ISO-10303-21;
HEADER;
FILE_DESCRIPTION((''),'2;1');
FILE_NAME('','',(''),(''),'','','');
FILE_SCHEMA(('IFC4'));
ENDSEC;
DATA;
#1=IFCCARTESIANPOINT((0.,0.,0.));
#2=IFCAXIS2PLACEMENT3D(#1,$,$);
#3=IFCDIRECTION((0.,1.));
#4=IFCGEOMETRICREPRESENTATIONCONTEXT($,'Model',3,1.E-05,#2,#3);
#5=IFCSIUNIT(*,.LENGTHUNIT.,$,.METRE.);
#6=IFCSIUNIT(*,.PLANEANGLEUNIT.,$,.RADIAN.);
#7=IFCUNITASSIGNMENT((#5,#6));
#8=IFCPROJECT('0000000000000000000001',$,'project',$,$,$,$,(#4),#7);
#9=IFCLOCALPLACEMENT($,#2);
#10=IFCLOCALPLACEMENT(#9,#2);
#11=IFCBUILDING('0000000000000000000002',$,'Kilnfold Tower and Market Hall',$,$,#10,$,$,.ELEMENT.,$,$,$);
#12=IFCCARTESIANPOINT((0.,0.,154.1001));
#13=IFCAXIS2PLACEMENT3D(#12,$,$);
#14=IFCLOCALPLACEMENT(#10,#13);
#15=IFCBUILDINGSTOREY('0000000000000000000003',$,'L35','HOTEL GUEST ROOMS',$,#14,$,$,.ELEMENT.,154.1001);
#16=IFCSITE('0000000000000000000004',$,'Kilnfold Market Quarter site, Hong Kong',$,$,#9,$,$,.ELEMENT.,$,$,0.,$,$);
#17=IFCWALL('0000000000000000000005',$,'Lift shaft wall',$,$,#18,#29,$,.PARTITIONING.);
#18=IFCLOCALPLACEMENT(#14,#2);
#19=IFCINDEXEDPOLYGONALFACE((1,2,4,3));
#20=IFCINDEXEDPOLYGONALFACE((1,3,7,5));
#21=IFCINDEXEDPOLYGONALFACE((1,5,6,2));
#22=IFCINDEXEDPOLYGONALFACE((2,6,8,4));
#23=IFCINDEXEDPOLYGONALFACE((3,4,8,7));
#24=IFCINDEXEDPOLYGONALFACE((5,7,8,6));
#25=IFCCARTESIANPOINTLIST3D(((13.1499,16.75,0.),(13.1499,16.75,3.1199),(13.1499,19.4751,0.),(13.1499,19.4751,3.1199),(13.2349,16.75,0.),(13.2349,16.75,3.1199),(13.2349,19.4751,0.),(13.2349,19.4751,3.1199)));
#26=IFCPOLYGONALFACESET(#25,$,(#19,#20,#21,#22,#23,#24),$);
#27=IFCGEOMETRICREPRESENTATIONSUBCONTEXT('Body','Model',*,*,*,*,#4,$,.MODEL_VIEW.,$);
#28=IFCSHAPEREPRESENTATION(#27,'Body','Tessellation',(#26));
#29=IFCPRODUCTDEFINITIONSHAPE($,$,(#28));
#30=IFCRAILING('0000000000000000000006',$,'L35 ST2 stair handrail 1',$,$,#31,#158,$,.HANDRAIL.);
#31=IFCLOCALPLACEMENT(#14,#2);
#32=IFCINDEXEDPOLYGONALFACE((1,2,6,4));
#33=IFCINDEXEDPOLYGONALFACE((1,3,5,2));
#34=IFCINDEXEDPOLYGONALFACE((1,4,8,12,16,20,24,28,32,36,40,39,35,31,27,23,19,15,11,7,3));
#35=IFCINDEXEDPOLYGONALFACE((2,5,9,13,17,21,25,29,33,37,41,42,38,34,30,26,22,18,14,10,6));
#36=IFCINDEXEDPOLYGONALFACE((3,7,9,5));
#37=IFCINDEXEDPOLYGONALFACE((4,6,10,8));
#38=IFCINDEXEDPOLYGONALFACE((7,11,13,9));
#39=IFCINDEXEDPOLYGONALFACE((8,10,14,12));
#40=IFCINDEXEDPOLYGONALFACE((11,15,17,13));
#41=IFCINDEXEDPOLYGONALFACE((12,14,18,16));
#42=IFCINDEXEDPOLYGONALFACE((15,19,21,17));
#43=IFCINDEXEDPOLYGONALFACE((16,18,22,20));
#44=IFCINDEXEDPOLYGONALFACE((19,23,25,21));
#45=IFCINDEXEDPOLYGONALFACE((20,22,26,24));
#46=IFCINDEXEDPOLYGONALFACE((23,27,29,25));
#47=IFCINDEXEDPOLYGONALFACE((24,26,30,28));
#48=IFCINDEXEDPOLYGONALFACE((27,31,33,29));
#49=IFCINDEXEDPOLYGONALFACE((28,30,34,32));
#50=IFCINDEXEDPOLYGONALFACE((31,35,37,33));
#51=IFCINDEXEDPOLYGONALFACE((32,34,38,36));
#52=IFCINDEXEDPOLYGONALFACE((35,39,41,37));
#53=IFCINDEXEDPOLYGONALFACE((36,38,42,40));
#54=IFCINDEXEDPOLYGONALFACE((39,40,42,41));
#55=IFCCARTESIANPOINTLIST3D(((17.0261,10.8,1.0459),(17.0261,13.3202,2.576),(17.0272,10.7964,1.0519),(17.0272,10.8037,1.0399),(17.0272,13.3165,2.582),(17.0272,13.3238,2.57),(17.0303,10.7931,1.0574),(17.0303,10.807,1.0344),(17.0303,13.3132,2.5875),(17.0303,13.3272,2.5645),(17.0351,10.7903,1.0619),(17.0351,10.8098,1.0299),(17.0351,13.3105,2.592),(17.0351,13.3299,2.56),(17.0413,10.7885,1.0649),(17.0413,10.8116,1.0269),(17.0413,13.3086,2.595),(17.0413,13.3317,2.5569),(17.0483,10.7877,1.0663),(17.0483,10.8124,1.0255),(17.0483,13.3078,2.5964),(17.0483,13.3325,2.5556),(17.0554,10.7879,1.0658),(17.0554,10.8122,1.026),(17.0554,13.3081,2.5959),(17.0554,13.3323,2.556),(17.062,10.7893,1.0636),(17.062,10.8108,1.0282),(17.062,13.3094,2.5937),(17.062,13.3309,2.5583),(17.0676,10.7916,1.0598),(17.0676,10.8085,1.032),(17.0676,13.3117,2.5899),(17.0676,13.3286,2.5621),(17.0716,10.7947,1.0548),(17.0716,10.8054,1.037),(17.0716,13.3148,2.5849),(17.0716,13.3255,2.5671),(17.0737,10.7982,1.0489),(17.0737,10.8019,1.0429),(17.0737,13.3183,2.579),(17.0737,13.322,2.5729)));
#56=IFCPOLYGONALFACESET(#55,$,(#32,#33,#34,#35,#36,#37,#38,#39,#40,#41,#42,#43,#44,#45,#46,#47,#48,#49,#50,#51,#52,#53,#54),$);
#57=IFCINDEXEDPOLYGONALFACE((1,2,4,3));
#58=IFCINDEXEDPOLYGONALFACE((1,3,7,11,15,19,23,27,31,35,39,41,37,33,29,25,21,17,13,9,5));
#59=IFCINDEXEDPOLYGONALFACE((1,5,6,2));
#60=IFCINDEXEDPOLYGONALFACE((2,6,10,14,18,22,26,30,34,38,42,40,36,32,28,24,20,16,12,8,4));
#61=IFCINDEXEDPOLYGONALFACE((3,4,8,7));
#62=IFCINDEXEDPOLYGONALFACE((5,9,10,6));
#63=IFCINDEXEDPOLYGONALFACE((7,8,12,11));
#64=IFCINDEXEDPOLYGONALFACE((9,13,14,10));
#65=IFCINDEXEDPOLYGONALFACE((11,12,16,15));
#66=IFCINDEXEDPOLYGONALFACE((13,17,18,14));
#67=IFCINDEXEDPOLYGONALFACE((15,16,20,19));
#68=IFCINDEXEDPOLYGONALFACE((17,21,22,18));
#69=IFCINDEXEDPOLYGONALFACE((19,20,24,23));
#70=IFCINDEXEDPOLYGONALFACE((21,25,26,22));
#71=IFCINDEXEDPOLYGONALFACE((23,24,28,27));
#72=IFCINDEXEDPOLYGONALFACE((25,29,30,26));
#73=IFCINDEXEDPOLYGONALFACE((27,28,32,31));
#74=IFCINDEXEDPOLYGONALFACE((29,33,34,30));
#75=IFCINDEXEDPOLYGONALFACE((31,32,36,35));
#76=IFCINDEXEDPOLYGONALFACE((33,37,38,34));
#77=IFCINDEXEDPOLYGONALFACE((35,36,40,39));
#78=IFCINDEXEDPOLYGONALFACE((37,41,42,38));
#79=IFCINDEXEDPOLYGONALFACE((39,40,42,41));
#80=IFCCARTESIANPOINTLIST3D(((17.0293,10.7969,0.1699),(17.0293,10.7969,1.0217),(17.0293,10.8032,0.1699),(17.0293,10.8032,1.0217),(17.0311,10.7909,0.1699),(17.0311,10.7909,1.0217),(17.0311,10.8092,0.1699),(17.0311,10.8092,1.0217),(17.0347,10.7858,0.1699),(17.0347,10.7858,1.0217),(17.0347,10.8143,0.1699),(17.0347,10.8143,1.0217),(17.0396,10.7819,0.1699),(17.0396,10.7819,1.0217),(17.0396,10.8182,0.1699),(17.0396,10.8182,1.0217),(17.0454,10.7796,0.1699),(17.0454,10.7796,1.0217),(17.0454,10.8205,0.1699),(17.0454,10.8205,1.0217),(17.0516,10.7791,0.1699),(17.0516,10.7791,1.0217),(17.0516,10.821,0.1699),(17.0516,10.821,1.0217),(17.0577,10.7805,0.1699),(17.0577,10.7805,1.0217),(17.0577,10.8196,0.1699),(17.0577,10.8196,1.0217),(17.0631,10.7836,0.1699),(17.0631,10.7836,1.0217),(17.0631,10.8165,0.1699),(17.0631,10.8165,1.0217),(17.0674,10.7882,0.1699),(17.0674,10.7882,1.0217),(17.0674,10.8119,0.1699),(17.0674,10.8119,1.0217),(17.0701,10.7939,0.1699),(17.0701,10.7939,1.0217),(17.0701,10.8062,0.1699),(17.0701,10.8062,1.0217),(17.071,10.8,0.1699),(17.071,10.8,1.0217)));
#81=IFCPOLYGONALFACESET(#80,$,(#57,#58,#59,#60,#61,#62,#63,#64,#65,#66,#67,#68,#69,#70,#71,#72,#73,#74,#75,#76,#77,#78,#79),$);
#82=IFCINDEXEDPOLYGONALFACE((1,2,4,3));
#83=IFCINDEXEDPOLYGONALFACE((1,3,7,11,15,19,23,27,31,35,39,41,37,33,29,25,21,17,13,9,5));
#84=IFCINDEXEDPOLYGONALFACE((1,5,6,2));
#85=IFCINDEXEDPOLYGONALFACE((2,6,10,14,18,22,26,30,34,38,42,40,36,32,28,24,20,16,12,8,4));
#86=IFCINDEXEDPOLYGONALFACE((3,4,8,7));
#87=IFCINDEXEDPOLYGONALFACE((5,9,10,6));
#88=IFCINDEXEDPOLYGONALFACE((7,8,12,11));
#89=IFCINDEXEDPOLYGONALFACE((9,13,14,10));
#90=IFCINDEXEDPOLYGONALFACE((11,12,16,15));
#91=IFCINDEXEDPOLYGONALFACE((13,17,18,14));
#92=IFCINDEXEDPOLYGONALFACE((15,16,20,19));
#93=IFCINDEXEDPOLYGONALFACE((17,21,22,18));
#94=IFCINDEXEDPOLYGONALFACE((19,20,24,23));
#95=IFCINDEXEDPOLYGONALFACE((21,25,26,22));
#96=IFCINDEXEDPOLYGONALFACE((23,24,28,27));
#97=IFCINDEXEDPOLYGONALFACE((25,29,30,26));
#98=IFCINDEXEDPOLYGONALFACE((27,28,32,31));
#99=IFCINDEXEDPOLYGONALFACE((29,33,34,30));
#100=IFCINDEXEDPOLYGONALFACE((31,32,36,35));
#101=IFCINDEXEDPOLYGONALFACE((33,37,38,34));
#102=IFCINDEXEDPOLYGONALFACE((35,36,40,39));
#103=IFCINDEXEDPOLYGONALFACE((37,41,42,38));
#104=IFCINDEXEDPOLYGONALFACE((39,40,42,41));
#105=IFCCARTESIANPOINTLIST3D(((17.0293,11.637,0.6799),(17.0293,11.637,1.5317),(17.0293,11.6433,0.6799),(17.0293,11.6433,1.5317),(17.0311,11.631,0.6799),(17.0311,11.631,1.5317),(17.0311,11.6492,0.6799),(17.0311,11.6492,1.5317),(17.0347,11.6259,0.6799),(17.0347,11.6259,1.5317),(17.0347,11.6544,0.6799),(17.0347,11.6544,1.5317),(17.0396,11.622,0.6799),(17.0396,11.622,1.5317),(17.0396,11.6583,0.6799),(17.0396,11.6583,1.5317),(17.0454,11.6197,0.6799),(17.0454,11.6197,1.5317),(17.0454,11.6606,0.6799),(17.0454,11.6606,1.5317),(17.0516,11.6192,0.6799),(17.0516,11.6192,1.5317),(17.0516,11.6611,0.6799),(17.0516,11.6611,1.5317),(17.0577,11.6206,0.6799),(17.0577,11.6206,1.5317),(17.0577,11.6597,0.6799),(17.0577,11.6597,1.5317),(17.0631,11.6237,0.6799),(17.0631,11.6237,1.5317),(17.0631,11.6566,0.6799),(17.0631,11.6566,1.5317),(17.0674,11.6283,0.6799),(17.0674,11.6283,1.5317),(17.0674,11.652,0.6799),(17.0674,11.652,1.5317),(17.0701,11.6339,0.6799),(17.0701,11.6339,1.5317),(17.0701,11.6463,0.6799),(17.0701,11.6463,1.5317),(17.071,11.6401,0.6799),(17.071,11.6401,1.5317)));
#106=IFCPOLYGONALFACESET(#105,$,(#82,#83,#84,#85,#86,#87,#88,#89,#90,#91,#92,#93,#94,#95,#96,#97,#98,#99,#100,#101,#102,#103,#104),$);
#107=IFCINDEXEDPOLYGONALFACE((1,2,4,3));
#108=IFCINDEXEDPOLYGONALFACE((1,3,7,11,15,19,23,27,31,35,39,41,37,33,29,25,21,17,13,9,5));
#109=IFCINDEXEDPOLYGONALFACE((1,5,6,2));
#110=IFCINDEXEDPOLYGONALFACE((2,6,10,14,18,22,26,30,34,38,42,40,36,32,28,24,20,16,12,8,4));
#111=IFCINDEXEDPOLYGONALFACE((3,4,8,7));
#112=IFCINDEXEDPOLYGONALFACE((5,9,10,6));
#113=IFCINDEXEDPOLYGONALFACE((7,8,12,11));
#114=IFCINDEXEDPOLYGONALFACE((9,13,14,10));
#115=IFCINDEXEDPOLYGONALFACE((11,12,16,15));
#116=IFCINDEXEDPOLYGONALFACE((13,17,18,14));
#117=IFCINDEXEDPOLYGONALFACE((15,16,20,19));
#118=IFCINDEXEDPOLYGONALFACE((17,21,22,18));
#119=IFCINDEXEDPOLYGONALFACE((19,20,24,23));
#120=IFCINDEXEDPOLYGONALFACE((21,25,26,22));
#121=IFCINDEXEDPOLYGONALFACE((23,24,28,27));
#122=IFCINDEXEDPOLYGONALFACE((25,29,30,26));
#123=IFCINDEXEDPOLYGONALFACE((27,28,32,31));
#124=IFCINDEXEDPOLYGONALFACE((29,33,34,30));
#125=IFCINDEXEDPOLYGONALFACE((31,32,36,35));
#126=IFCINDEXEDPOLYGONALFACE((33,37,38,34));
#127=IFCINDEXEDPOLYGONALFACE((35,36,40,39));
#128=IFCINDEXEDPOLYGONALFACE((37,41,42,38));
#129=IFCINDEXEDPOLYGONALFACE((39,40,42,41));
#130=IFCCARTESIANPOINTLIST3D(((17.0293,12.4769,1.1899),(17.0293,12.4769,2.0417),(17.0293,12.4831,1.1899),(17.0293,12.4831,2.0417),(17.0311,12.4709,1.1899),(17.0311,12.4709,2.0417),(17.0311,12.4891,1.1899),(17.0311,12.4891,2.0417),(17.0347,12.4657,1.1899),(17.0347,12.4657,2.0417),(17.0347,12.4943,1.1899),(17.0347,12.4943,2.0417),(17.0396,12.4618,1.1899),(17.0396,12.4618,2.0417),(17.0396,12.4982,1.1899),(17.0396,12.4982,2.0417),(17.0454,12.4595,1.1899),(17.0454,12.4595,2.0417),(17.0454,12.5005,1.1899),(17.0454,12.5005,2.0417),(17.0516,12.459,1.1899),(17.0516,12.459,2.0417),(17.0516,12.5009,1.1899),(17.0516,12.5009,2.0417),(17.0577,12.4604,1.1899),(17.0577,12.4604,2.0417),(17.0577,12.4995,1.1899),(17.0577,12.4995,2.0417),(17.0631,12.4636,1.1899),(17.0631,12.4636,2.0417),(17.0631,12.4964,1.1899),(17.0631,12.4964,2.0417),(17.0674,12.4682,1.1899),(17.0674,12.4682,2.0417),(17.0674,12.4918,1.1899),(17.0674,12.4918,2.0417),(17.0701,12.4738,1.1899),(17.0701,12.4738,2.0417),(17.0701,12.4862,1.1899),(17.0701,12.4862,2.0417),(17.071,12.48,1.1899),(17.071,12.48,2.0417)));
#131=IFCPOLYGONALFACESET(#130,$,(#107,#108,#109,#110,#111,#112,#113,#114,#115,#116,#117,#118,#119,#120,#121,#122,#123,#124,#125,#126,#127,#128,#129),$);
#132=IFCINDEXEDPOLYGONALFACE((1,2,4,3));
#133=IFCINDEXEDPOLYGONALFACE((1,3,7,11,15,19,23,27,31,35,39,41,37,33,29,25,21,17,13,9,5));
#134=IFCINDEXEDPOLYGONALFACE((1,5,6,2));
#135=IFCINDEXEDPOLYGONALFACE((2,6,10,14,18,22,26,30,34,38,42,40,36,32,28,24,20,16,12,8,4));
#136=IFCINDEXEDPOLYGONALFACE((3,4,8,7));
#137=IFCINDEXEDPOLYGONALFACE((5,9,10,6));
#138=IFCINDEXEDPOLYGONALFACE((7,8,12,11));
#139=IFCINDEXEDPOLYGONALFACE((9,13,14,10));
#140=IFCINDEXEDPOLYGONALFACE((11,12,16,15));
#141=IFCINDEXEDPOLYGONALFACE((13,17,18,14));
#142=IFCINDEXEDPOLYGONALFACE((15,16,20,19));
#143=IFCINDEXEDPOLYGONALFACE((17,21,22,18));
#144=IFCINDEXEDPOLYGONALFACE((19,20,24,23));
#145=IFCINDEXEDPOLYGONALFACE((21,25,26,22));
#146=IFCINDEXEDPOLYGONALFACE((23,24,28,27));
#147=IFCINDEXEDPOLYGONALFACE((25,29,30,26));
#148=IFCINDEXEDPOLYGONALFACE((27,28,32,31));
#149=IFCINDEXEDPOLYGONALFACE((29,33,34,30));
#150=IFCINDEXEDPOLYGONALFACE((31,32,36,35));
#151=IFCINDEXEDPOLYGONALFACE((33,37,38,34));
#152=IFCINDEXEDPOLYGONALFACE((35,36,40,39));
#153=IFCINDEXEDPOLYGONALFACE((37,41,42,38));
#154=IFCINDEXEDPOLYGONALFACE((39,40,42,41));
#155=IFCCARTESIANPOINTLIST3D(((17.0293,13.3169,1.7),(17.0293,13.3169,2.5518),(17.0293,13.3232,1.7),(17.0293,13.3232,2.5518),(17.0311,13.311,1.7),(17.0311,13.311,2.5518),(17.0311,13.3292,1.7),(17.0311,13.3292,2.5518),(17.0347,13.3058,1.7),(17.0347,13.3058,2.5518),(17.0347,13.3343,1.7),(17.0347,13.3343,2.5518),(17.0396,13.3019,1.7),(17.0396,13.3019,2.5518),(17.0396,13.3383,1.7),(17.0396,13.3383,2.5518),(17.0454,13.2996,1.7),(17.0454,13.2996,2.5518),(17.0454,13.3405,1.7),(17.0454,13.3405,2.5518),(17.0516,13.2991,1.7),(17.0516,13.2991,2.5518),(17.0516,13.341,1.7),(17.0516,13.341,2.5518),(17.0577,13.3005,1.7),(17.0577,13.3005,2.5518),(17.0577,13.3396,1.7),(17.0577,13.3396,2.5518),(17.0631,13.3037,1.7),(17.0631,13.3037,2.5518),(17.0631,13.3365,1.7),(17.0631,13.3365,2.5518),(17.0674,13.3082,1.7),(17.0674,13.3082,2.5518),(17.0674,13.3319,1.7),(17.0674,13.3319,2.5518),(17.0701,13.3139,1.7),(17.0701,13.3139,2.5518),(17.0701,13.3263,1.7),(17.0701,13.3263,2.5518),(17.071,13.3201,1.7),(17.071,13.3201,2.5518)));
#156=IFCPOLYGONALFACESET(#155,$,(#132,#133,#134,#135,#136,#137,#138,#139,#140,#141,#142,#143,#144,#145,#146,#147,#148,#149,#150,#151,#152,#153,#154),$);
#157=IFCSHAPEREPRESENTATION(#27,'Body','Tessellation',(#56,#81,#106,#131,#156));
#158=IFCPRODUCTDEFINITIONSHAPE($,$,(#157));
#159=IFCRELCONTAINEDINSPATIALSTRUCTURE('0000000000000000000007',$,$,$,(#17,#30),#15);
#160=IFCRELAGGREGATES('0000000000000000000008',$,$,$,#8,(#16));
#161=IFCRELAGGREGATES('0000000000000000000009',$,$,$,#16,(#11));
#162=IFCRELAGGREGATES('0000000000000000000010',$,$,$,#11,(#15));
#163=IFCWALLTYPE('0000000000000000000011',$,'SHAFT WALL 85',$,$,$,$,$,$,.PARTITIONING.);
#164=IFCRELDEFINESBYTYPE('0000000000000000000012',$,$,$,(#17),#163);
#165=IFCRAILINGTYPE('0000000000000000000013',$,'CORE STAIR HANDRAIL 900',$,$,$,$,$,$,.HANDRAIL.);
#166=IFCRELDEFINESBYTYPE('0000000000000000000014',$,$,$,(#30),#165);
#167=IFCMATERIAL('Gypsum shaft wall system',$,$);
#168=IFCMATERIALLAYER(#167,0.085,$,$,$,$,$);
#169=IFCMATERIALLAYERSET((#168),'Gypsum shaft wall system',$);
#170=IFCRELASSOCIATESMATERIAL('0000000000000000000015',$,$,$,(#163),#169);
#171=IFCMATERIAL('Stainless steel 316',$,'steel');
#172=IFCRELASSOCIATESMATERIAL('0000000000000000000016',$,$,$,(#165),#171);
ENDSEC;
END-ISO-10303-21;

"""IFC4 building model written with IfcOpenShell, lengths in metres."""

from ifc_helpers import new_model, si_unit, direction, frame, frame_2d, origin, origin_2d, place, context, subcontext, project, spatial, rectangle, circle, extrude, source, transform, mapped, material, layer, layer_set, type_object, element, save


model = new_model("IFC4")

# Units and contexts
model_context = context("Model", 3, precision=1e-05, world=origin(), true_north=direction((0.0, 1.0)))
body_context = subcontext(model_context, "Body", "Model", "MODEL_VIEW")
ifc_project = project(units=[si_unit("LENGTHUNIT", "METRE"), si_unit("PLANEANGLEUNIT", "RADIAN")], contexts=[model_context])

# Site, building, storey
site_placement = place(None, origin())
site = spatial("IfcSite", under=ifc_project, at=site_placement, Name="Kilnfold Market Quarter site, Hong Kong", CompositionType="ELEMENT", RefElevation=0.0)
building_placement = place(site_placement, origin())
building = spatial("IfcBuilding", under=site, at=building_placement, Name="Kilnfold Tower and Market Hall", CompositionType="ELEMENT")
storey_placement = place(building_placement, frame((0.0, 0.0, 154.1001)))
storey = spatial("IfcBuildingStorey", under=building, at=storey_placement, Name="L35", Description="HOTEL GUEST ROOMS", CompositionType="ELEMENT", Elevation=154.1001)

# Wall
ifc_material_1 = material(Name="Gypsum shaft wall system")
ifc_layer_1 = layer(ifc_material_1, 0.085)
ifc_layer_set_1 = layer_set([ifc_layer_1], Name="Gypsum shaft wall system")
wall_type_1 = type_object("IfcWallType", Name="SHAFT WALL 85", PredefinedType="PARTITIONING", material=ifc_layer_set_1)
shared_shape_1 = source(origin(), body_context, "Body", "SweptSolid", [
    extrude(rectangle(XDim=2.7251, YDim=0.085, at=frame_2d((1.3625, 0.0))), origin(), (0.0, 0.0, 1.0), 3.1199),
])
wall_1_placement = place(storey_placement, frame((13.1924, 16.75, 0.0), z_axis=(0.0, 0.0, 1.0), x_axis=(0.0, 1.0, 0.0)))
element("IfcWall", 1, at=wall_1_placement, inside=storey, type_object=wall_type_1, Name="Lift shaft wall", PredefinedType="PARTITIONING", context=body_context, shape_type="MappedRepresentation", body=[
    mapped(shared_shape_1, transform((0.0, 0.0, 0.0))),
])

# Railing
ifc_material_2 = material(Name="Stainless steel 316", Category="steel")
railing_type_1 = type_object("IfcRailingType", Name="CORE STAIR HANDRAIL 900", PredefinedType="HANDRAIL", material=ifc_material_2)
railing_1_placement = place(storey_placement, frame((17.05, 10.8, 0.1699)))
element("IfcRailing", 2, at=railing_1_placement, inside=storey, type_object=railing_type_1, Name="L35 ST2 stair handrail 1", PredefinedType="HANDRAIL", context=body_context, shape_type="SweptSolid", body=[
    extrude(circle(Radius=0.0239, at=origin_2d()), frame((0.0, 0.0, 0.876), z_axis=(0.0, 0.854785, 0.518982), x_axis=(-1.0, 0.0, 0.0)), (0.0, 0.0, 1.0), 2.9482),
    extrude(circle(Radius=0.021, at=origin_2d()), origin(), (0.0, 0.0, 1.0), 0.8518),
    extrude(circle(Radius=0.021, at=origin_2d()), frame((0.0, 0.8401, 0.51)), (0.0, 0.0, 1.0), 0.8518),
    extrude(circle(Radius=0.021, at=origin_2d()), frame((0.0, 1.6799, 1.02)), (0.0, 0.0, 1.0), 0.8518),
    extrude(circle(Radius=0.021, at=origin_2d()), frame((0.0, 2.52, 1.53)), (0.0, 0.0, 1.0), 0.8518),
])

save(model, "model.ifc")
